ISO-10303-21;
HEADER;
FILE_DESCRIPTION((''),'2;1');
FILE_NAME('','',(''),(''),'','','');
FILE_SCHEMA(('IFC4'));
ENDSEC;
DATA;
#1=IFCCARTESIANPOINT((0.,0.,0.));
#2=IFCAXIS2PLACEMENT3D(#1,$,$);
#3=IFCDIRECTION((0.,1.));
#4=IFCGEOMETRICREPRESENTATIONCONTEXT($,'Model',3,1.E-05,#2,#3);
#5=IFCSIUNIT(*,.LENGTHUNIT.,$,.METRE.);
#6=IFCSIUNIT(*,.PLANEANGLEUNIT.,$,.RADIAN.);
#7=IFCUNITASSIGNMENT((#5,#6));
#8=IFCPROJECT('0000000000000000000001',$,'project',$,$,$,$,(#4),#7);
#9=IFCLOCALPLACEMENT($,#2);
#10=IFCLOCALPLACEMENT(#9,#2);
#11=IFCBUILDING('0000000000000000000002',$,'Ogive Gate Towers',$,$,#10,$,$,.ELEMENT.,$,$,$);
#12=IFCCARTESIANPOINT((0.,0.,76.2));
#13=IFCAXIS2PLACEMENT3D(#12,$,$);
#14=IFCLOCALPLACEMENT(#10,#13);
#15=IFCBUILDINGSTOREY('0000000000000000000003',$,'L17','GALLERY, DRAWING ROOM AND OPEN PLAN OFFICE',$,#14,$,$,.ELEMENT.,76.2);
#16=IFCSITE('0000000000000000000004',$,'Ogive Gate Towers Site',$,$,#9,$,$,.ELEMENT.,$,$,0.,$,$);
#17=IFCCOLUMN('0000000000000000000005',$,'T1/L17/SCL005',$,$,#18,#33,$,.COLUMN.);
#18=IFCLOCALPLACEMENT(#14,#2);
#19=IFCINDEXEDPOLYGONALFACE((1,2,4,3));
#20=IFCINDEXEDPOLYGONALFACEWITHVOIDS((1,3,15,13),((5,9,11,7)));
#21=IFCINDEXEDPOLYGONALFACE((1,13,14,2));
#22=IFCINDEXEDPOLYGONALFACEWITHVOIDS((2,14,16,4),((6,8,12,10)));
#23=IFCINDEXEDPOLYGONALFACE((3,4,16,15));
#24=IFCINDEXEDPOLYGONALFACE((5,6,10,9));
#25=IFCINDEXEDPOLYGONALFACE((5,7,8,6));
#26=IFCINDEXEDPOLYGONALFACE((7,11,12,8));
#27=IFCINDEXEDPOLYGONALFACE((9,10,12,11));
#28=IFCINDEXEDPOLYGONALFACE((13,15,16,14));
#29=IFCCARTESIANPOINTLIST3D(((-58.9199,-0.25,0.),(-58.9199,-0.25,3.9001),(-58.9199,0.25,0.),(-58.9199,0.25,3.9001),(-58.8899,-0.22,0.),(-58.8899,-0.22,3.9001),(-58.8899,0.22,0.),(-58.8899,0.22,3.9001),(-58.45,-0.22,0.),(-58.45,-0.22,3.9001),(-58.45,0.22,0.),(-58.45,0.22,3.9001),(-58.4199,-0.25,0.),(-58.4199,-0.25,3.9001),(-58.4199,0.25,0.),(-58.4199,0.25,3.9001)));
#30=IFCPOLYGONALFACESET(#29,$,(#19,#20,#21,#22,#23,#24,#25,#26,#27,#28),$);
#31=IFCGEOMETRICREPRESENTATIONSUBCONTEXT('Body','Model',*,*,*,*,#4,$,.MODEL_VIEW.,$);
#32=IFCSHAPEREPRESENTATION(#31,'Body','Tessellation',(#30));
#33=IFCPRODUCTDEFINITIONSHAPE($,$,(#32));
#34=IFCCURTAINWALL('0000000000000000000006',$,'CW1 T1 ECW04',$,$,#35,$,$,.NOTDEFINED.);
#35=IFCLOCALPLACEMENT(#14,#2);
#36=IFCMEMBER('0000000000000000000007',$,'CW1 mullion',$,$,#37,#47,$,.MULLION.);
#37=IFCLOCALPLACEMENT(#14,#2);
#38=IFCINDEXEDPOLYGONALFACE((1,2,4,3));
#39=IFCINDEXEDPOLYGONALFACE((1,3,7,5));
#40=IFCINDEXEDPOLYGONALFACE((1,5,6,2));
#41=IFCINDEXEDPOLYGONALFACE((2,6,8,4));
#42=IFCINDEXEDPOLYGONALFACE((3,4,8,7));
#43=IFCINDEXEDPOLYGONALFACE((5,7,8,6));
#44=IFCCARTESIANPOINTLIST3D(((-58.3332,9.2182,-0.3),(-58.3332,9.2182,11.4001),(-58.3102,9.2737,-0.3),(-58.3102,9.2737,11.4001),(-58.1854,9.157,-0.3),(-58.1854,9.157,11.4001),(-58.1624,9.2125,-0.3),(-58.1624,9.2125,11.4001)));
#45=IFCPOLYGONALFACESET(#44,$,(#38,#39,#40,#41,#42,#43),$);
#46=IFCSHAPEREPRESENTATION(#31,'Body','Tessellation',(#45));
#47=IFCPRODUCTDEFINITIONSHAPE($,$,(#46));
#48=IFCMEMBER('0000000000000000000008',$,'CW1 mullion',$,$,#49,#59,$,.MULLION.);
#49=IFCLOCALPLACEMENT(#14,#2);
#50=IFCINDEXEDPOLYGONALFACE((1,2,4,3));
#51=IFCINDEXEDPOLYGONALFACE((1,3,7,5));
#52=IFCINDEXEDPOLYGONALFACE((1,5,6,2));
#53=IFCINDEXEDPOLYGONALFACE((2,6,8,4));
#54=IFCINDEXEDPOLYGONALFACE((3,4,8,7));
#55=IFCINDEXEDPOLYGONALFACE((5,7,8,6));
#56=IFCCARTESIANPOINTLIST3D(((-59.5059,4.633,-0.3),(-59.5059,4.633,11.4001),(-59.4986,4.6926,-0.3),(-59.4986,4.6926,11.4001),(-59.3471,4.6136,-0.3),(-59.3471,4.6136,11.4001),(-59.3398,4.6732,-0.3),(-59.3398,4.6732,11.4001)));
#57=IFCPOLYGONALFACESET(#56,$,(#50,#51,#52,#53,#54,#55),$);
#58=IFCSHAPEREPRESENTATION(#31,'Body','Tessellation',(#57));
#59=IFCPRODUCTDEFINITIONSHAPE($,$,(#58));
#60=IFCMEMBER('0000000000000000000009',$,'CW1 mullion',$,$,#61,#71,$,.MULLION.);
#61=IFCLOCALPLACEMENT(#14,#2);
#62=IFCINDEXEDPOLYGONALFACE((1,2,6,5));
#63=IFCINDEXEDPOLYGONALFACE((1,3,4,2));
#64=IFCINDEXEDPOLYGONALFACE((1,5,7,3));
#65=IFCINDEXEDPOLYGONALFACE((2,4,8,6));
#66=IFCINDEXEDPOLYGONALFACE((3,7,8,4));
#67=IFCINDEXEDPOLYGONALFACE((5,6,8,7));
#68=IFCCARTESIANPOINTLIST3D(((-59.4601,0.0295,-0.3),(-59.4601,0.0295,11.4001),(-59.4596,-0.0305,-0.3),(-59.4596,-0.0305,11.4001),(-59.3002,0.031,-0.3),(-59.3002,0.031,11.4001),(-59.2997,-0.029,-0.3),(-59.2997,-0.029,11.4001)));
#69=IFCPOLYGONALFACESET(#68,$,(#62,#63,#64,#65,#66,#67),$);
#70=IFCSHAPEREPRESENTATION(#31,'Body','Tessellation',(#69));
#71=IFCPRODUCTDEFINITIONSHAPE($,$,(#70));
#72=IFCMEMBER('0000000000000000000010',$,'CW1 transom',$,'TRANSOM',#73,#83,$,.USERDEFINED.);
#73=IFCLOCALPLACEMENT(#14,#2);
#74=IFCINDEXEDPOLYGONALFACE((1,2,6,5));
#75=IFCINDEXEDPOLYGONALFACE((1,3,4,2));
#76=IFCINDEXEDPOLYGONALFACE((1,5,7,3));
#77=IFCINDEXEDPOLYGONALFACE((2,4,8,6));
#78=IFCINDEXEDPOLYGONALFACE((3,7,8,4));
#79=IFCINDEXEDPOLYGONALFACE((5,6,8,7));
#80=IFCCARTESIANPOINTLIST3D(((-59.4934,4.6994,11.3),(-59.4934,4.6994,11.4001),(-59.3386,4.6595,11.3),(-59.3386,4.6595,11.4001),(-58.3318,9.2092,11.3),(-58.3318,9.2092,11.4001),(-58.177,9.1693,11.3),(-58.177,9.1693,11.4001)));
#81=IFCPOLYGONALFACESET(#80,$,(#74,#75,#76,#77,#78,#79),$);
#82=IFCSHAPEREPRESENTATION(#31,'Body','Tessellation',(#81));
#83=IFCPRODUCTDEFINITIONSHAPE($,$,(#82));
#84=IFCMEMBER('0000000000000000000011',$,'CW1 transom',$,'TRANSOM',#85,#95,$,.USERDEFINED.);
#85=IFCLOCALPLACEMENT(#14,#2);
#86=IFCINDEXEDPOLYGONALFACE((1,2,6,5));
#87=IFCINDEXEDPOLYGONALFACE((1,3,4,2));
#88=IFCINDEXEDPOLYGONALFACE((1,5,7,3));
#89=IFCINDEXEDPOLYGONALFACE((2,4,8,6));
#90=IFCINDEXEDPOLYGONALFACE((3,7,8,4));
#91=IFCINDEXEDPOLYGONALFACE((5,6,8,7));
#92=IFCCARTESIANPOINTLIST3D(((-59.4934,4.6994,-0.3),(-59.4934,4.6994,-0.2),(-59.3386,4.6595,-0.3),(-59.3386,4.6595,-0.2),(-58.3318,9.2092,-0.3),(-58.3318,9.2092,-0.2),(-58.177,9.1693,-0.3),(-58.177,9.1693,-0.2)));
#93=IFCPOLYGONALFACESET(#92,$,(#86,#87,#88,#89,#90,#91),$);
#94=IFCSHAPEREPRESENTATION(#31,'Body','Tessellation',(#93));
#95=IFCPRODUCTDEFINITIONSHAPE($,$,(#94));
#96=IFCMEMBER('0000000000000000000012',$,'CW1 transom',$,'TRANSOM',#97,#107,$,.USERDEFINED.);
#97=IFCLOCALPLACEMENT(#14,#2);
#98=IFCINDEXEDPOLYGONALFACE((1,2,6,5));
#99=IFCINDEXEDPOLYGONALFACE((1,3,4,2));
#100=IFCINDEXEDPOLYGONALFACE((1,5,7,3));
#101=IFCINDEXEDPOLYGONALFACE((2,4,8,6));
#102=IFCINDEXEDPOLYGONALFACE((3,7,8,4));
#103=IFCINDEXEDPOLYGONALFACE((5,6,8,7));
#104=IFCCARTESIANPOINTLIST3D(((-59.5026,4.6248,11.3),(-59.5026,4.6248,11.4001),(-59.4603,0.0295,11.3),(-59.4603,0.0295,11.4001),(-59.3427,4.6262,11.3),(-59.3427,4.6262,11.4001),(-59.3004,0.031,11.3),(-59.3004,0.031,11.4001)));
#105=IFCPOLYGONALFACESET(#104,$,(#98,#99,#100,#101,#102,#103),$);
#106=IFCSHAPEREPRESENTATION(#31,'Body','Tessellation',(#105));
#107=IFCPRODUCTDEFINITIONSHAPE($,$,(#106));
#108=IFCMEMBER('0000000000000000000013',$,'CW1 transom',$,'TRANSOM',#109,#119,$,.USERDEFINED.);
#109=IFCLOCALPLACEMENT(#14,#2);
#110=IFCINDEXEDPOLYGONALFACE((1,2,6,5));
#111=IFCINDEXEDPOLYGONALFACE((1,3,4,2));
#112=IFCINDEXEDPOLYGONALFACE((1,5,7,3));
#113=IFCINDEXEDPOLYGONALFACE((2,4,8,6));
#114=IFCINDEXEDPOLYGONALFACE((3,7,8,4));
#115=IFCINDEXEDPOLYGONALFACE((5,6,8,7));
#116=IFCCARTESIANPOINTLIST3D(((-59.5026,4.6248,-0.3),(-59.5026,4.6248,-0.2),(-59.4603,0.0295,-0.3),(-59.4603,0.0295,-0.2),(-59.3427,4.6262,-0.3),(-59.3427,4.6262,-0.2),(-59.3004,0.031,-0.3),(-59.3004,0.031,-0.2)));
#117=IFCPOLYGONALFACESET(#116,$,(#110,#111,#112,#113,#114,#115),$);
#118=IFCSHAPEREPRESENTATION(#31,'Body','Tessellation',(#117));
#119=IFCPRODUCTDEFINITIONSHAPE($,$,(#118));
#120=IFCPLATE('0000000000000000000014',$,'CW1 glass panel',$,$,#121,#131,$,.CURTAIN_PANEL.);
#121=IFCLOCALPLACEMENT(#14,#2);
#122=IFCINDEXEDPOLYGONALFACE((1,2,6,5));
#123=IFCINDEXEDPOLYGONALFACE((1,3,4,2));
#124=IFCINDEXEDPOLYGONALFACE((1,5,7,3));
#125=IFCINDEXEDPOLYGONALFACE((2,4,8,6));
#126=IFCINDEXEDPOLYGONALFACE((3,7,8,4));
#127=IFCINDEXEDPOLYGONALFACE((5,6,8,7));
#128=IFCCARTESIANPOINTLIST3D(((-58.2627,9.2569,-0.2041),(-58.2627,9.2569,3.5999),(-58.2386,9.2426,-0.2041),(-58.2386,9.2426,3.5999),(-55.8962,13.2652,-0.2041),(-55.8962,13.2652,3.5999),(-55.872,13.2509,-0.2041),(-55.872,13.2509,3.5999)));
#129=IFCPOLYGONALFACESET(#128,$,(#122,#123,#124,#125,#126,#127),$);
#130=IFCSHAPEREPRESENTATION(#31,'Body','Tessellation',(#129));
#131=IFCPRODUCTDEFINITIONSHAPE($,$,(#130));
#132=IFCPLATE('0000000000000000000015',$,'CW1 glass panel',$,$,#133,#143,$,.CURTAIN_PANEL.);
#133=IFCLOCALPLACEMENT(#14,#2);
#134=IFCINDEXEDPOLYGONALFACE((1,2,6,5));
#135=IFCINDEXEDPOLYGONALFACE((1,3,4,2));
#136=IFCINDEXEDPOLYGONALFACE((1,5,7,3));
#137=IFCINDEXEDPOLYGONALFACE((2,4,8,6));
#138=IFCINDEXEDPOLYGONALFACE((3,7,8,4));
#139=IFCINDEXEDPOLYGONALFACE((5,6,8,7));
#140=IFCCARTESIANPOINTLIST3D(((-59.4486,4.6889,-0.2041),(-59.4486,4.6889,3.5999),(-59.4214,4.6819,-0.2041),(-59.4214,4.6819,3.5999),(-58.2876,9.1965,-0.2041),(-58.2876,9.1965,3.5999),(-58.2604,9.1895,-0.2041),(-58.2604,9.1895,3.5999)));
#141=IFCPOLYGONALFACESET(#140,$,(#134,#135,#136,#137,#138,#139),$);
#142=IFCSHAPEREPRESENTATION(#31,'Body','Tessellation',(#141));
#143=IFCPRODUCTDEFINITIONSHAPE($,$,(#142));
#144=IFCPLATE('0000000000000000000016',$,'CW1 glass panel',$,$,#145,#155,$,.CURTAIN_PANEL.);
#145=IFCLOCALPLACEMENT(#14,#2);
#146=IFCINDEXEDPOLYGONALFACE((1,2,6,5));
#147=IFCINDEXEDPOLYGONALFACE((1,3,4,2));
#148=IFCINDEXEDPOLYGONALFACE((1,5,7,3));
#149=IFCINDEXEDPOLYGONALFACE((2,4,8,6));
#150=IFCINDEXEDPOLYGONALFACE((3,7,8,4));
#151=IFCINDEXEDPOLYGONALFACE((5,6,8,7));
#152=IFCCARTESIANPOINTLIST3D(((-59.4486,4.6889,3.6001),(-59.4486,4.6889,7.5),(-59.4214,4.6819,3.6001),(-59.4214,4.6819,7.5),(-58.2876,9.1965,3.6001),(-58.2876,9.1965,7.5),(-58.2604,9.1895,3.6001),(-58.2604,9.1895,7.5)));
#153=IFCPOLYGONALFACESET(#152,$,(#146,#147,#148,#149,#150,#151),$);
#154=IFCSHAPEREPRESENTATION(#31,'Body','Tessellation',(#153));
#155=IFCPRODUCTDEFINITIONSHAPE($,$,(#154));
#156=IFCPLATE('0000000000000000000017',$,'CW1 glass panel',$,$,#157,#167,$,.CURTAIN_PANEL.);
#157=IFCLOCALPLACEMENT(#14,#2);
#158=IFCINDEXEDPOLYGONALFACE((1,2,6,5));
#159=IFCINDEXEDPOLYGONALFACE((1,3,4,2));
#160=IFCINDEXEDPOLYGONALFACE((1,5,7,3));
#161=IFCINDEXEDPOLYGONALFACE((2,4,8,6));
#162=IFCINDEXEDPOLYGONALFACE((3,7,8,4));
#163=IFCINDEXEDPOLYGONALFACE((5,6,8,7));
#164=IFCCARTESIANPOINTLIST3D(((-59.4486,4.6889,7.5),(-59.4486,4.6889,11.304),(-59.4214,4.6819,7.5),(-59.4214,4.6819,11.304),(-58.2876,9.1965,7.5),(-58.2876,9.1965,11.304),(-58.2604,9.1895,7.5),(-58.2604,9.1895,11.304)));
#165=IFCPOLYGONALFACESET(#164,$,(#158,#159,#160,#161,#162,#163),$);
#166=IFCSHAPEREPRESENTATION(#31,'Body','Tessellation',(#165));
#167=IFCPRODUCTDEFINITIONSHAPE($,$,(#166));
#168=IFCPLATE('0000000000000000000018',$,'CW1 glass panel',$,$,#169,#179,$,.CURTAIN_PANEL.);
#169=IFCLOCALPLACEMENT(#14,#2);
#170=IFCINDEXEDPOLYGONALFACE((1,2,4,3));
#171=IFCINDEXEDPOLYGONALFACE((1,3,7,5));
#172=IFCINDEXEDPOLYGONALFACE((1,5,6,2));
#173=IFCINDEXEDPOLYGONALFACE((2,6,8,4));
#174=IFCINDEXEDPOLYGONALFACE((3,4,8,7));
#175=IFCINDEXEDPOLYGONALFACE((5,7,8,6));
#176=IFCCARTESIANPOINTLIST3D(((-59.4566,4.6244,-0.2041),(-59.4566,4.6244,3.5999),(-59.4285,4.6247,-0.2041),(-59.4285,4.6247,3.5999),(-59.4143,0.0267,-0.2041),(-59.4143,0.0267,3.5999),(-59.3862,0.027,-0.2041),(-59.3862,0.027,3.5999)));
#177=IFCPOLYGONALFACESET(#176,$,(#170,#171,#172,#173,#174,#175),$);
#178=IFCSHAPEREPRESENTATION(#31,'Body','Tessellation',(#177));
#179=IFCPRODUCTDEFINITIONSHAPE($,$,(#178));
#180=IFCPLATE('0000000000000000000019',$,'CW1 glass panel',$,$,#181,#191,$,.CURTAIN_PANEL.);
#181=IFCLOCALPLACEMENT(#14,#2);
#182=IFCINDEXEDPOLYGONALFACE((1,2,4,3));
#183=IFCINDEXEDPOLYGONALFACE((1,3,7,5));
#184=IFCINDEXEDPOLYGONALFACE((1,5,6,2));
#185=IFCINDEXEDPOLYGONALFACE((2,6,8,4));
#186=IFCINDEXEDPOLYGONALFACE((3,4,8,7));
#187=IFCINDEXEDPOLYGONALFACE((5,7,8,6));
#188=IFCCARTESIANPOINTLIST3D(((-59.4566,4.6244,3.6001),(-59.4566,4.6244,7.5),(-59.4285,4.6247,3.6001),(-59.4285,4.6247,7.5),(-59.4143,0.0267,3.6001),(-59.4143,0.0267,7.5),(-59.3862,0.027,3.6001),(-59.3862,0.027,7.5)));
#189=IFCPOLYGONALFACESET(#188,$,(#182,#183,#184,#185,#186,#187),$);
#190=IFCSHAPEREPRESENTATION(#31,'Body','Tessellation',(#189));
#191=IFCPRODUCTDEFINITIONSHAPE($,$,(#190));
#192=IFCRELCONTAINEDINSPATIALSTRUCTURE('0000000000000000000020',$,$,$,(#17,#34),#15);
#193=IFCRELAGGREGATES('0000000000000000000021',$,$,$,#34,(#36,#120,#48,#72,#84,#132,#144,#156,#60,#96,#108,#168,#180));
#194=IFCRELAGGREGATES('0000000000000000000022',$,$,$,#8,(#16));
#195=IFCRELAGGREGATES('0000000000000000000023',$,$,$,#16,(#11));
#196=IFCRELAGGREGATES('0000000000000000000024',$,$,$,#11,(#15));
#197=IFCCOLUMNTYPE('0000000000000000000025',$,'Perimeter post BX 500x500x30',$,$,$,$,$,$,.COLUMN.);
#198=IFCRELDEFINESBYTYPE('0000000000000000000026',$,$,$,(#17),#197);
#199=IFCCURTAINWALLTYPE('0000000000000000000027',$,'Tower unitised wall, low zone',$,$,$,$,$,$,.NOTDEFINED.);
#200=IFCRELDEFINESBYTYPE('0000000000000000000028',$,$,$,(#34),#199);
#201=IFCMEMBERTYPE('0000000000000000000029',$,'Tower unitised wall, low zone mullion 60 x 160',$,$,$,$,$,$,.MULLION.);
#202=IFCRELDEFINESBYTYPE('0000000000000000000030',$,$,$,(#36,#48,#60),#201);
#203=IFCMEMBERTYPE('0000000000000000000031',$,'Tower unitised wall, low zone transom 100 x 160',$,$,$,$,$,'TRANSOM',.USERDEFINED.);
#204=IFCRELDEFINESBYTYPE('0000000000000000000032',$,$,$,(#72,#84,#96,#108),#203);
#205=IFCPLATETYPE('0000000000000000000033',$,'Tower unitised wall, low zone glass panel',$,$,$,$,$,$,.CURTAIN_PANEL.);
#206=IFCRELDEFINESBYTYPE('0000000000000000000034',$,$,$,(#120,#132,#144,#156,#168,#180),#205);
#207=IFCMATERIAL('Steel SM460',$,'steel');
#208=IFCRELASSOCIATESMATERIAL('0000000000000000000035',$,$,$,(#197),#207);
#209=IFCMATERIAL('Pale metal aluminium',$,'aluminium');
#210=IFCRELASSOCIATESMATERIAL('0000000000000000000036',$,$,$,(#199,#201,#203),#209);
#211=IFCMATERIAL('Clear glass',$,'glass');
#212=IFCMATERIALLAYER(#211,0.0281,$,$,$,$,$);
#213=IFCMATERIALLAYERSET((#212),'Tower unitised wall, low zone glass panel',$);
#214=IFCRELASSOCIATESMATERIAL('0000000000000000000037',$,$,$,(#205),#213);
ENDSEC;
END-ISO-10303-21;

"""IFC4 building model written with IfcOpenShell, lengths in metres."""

from ifc_helpers import new_model, si_unit, direction, frame, origin, origin_2d, place, context, subcontext, project, spatial, rectangle, hollow_rectangle, extrude, material, layer, layer_set, material_profile, profile_set, type_object, element, aggregate, save


model = new_model("IFC4")

# Units and contexts
model_context = context("Model", 3, precision=1e-05, world=origin(), true_north=direction((0.0, 1.0)))
body_context = subcontext(model_context, "Body", "Model", "MODEL_VIEW")
ifc_project = project(units=[si_unit("LENGTHUNIT", "METRE"), si_unit("PLANEANGLEUNIT", "RADIAN")], contexts=[model_context])

# Site, building, storey
site_placement = place(None, origin())
site = spatial("IfcSite", under=ifc_project, at=site_placement, Name="Ogive Gate Towers Site", CompositionType="ELEMENT", RefElevation=0.0)
building_placement = place(site_placement, origin())
building = spatial("IfcBuilding", under=site, at=building_placement, Name="Ogive Gate Towers", CompositionType="ELEMENT")
storey_placement = place(building_placement, frame((0.0, 0.0, 76.2)))
storey = spatial("IfcBuildingStorey", under=building, at=storey_placement, Name="L17", Description="GALLERY, DRAWING ROOM AND OPEN PLAN OFFICE", CompositionType="ELEMENT", Elevation=76.2)

# Column
ifc_material_1 = material(Name="Steel SM460", Category="steel")
ifc_material_profile_1 = material_profile(ifc_material_1, hollow_rectangle(XDim=0.5, YDim=0.5, WallThickness=0.03, at=origin_2d()), Name="BX 500x500x30")
ifc_profile_set_1 = profile_set([ifc_material_profile_1], Name="Steel SM460")
column_type = type_object("IfcColumnType", Name="Perimeter post BX 500x500x30", PredefinedType="COLUMN", material=ifc_profile_set_1)
column_placement = place(storey_placement, frame((-58.6699, 0.0, 0.0), z_axis=(0.0, 0.0, 1.0), x_axis=(1.0, 0.0, 0.0)))
element("IfcColumn", 1, at=column_placement, inside=storey, type_object=column_type, Name="T1/L17/SCL005", PredefinedType="COLUMN", context=body_context, shape_type="SweptSolid", body=[
    extrude(hollow_rectangle(XDim=0.5, YDim=0.5, WallThickness=0.03, at=origin_2d()), origin(), (0.0, 0.0, 1.0), 3.9001),
])

# Curtain wall, members, plates
ifc_material_2 = material(Name="Pale metal aluminium", Category="aluminium")
curtain_wall_type = type_object("IfcCurtainWallType", Name="Tower unitised wall, low zone", PredefinedType="NOTDEFINED", material=ifc_material_2)
curtain_wall_placement = place(storey_placement, origin())
curtain_wall = element("IfcCurtainWall", 2, at=curtain_wall_placement, inside=storey, type_object=curtain_wall_type, Name="CW1 T1 ECW04", PredefinedType="NOTDEFINED")
ifc_material_profile_2 = material_profile(ifc_material_2, rectangle(XDim=0.1599, YDim=0.0601, at=origin_2d()), Name="60 x 160 aluminium box")
ifc_profile_set_2 = profile_set([ifc_material_profile_2], Name="Pale metal aluminium")
member_type_1 = type_object("IfcMemberType", Name="Tower unitised wall, low zone mullion 60 x 160", PredefinedType="MULLION", material=ifc_profile_set_2)
member_1_placement = place(storey_placement, frame((-58.2478, 9.2153, -0.3), z_axis=(0.0, 0.0, 1.0), x_axis=(-0.92388, 0.382683, 0.0)))
member_1 = element("IfcMember", 3, at=member_1_placement, type_object=member_type_1, Name="CW1 mullion", PredefinedType="MULLION", context=body_context, shape_type="SweptSolid", body=[
    extrude(rectangle(XDim=0.1599, YDim=0.0601, at=origin_2d()), origin(), (0.0, 0.0, 1.0), 11.7002),
])
member_2_placement = place(storey_placement, frame((-59.4229, 4.6531, -0.3), z_axis=(0.0, 0.0, 1.0), x_axis=(-0.992635, 0.121142, 0.0)))
member_2 = element("IfcMember", 4, at=member_2_placement, type_object=member_type_1, Name="CW1 mullion", PredefinedType="MULLION", context=body_context, shape_type="SweptSolid", body=[
    extrude(rectangle(XDim=0.1599, YDim=0.0601, at=origin_2d()), origin(), (0.0, 0.0, 1.0), 11.7002),
])
member_3_placement = place(storey_placement, frame((-59.3799, 0.0002, -0.3), z_axis=(0.0, 0.0, 1.0), x_axis=(-0.999958, -0.009198, 0.0)))
member_3 = element("IfcMember", 5, at=member_3_placement, type_object=member_type_1, Name="CW1 mullion", PredefinedType="MULLION", context=body_context, shape_type="SweptSolid", body=[
    extrude(rectangle(XDim=0.1599, YDim=0.0601, at=origin_2d()), origin(), (0.0, 0.0, 1.0), 11.7002),
])
ifc_material_profile_3 = material_profile(ifc_material_2, rectangle(XDim=0.1599, YDim=0.1001, at=origin_2d()), Name="100 x 160 aluminium box")
ifc_profile_set_3 = profile_set([ifc_material_profile_3], Name="Pale metal aluminium")
member_type_2 = type_object("IfcMemberType", Name="Tower unitised wall, low zone transom 100 x 160", ElementType="TRANSOM", PredefinedType="USERDEFINED", material=ifc_profile_set_3)
member_4_placement = place(storey_placement, frame((-58.2544, 9.1892, 11.3501), z_axis=(-0.249437, -0.968391, 0.0), x_axis=(0.968391, -0.249437, 0.0)))
member_4 = element("IfcMember", 6, at=member_4_placement, type_object=member_type_2, Name="CW1 transom", ObjectType="TRANSOM", PredefinedType="USERDEFINED", context=body_context, shape_type="SweptSolid", body=[
    extrude(rectangle(XDim=0.1599, YDim=0.1001, at=origin_2d()), origin(), (0.0, 0.0, 1.0), 4.657),
])
member_5_placement = place(storey_placement, frame((-58.2544, 9.1892, -0.25), z_axis=(-0.249437, -0.968391, 0.0), x_axis=(0.968391, -0.249437, 0.0)))
member_5 = element("IfcMember", 7, at=member_5_placement, type_object=member_type_2, Name="CW1 transom", ObjectType="TRANSOM", PredefinedType="USERDEFINED", context=body_context, shape_type="SweptSolid", body=[
    extrude(rectangle(XDim=0.1599, YDim=0.1001, at=origin_2d()), origin(), (0.0, 0.0, 1.0), 4.657),
])
member_6_placement = place(storey_placement, frame((-59.4226, 4.6255, 11.3501), z_axis=(0.009191, -0.999958, 0.0), x_axis=(0.999958, 0.009191, 0.0)))
member_6 = element("IfcMember", 8, at=member_6_placement, type_object=member_type_2, Name="CW1 transom", ObjectType="TRANSOM", PredefinedType="USERDEFINED", context=body_context, shape_type="SweptSolid", body=[
    extrude(rectangle(XDim=0.1599, YDim=0.1001, at=origin_2d()), origin(), (0.0, 0.0, 1.0), 4.5955),
])
member_7_placement = place(storey_placement, frame((-59.4226, 4.6255, -0.25), z_axis=(0.009191, -0.999958, 0.0), x_axis=(0.999958, 0.009191, 0.0)))
member_7 = element("IfcMember", 9, at=member_7_placement, type_object=member_type_2, Name="CW1 transom", ObjectType="TRANSOM", PredefinedType="USERDEFINED", context=body_context, shape_type="SweptSolid", body=[
    extrude(rectangle(XDim=0.1599, YDim=0.1001, at=origin_2d()), origin(), (0.0, 0.0, 1.0), 4.5955),
])
ifc_material_3 = material(Name="Clear glass", Category="glass")
ifc_layer = layer(ifc_material_3, 0.0281)
ifc_layer_set = layer_set([ifc_layer], Name="Tower unitised wall, low zone glass panel")
plate_type = type_object("IfcPlateType", Name="Tower unitised wall, low zone glass panel", PredefinedType="CURTAIN_PANEL", material=ifc_layer_set)
plate_1_placement = place(storey_placement, frame((-57.0674, 11.2539, -0.2041), z_axis=(0.0, 0.0, 1.0), x_axis=(-0.50841, -0.861115, 0.0)))
plate_1 = element("IfcPlate", 10, at=plate_1_placement, type_object=plate_type, Name="CW1 glass panel", PredefinedType="CURTAIN_PANEL", context=body_context, shape_type="SweptSolid", body=[
    extrude(rectangle(XDim=4.6548, YDim=0.0281, at=origin_2d()), origin(), (0.0, 0.0, 1.0), 3.804),
])
plate_2_placement = place(storey_placement, frame((-58.8545, 6.9392, -0.2041), z_axis=(0.0, 0.0, 1.0), x_axis=(-0.249417, -0.968396, 0.0)))
plate_2 = element("IfcPlate", 11, at=plate_2_placement, type_object=plate_type, Name="CW1 glass panel", PredefinedType="CURTAIN_PANEL", context=body_context, shape_type="SweptSolid", body=[
    extrude(rectangle(XDim=4.6548, YDim=0.0281, at=origin_2d()), origin(), (0.0, 0.0, 1.0), 3.804),
])
plate_3_placement = place(storey_placement, frame((-58.8545, 6.9392, 3.6001), z_axis=(0.0, 0.0, 1.0), x_axis=(-0.249417, -0.968396, 0.0)))
plate_3 = element("IfcPlate", 12, at=plate_3_placement, type_object=plate_type, Name="CW1 glass panel", PredefinedType="CURTAIN_PANEL", context=body_context, shape_type="SweptSolid", body=[
    extrude(rectangle(XDim=4.6548, YDim=0.0281, at=origin_2d()), origin(), (0.0, 0.0, 1.0), 3.8999),
])
plate_4_placement = place(storey_placement, frame((-58.8545, 6.9392, 7.5), z_axis=(0.0, 0.0, 1.0), x_axis=(-0.249417, -0.968396, 0.0)))
plate_4 = element("IfcPlate", 13, at=plate_4_placement, type_object=plate_type, Name="CW1 glass panel", PredefinedType="CURTAIN_PANEL", context=body_context, shape_type="SweptSolid", body=[
    extrude(rectangle(XDim=4.6548, YDim=0.0281, at=origin_2d()), origin(), (0.0, 0.0, 1.0), 3.804),
])
plate_5_placement = place(storey_placement, frame((-59.4214, 2.3257, -0.2041), z_axis=(0.0, 0.0, 1.0), x_axis=(0.009198, -0.999958, 0.0)))
plate_5 = element("IfcPlate", 14, at=plate_5_placement, type_object=plate_type, Name="CW1 glass panel", PredefinedType="CURTAIN_PANEL", context=body_context, shape_type="SweptSolid", body=[
    extrude(rectangle(XDim=4.5979, YDim=0.0281, at=origin_2d()), origin(), (0.0, 0.0, 1.0), 3.804),
])
plate_6_placement = place(storey_placement, frame((-59.4214, 2.3257, 3.6001), z_axis=(0.0, 0.0, 1.0), x_axis=(0.009198, -0.999958, 0.0)))
plate_6 = element("IfcPlate", 15, at=plate_6_placement, type_object=plate_type, Name="CW1 glass panel", PredefinedType="CURTAIN_PANEL", context=body_context, shape_type="SweptSolid", body=[
    extrude(rectangle(XDim=4.5979, YDim=0.0281, at=origin_2d()), origin(), (0.0, 0.0, 1.0), 3.8999),
])
aggregate(curtain_wall, [member_1, plate_1, member_2, member_4, member_5, plate_2, plate_3, plate_4, member_3, member_6, member_7, plate_5, plate_6])

save(model, "model.ifc")
